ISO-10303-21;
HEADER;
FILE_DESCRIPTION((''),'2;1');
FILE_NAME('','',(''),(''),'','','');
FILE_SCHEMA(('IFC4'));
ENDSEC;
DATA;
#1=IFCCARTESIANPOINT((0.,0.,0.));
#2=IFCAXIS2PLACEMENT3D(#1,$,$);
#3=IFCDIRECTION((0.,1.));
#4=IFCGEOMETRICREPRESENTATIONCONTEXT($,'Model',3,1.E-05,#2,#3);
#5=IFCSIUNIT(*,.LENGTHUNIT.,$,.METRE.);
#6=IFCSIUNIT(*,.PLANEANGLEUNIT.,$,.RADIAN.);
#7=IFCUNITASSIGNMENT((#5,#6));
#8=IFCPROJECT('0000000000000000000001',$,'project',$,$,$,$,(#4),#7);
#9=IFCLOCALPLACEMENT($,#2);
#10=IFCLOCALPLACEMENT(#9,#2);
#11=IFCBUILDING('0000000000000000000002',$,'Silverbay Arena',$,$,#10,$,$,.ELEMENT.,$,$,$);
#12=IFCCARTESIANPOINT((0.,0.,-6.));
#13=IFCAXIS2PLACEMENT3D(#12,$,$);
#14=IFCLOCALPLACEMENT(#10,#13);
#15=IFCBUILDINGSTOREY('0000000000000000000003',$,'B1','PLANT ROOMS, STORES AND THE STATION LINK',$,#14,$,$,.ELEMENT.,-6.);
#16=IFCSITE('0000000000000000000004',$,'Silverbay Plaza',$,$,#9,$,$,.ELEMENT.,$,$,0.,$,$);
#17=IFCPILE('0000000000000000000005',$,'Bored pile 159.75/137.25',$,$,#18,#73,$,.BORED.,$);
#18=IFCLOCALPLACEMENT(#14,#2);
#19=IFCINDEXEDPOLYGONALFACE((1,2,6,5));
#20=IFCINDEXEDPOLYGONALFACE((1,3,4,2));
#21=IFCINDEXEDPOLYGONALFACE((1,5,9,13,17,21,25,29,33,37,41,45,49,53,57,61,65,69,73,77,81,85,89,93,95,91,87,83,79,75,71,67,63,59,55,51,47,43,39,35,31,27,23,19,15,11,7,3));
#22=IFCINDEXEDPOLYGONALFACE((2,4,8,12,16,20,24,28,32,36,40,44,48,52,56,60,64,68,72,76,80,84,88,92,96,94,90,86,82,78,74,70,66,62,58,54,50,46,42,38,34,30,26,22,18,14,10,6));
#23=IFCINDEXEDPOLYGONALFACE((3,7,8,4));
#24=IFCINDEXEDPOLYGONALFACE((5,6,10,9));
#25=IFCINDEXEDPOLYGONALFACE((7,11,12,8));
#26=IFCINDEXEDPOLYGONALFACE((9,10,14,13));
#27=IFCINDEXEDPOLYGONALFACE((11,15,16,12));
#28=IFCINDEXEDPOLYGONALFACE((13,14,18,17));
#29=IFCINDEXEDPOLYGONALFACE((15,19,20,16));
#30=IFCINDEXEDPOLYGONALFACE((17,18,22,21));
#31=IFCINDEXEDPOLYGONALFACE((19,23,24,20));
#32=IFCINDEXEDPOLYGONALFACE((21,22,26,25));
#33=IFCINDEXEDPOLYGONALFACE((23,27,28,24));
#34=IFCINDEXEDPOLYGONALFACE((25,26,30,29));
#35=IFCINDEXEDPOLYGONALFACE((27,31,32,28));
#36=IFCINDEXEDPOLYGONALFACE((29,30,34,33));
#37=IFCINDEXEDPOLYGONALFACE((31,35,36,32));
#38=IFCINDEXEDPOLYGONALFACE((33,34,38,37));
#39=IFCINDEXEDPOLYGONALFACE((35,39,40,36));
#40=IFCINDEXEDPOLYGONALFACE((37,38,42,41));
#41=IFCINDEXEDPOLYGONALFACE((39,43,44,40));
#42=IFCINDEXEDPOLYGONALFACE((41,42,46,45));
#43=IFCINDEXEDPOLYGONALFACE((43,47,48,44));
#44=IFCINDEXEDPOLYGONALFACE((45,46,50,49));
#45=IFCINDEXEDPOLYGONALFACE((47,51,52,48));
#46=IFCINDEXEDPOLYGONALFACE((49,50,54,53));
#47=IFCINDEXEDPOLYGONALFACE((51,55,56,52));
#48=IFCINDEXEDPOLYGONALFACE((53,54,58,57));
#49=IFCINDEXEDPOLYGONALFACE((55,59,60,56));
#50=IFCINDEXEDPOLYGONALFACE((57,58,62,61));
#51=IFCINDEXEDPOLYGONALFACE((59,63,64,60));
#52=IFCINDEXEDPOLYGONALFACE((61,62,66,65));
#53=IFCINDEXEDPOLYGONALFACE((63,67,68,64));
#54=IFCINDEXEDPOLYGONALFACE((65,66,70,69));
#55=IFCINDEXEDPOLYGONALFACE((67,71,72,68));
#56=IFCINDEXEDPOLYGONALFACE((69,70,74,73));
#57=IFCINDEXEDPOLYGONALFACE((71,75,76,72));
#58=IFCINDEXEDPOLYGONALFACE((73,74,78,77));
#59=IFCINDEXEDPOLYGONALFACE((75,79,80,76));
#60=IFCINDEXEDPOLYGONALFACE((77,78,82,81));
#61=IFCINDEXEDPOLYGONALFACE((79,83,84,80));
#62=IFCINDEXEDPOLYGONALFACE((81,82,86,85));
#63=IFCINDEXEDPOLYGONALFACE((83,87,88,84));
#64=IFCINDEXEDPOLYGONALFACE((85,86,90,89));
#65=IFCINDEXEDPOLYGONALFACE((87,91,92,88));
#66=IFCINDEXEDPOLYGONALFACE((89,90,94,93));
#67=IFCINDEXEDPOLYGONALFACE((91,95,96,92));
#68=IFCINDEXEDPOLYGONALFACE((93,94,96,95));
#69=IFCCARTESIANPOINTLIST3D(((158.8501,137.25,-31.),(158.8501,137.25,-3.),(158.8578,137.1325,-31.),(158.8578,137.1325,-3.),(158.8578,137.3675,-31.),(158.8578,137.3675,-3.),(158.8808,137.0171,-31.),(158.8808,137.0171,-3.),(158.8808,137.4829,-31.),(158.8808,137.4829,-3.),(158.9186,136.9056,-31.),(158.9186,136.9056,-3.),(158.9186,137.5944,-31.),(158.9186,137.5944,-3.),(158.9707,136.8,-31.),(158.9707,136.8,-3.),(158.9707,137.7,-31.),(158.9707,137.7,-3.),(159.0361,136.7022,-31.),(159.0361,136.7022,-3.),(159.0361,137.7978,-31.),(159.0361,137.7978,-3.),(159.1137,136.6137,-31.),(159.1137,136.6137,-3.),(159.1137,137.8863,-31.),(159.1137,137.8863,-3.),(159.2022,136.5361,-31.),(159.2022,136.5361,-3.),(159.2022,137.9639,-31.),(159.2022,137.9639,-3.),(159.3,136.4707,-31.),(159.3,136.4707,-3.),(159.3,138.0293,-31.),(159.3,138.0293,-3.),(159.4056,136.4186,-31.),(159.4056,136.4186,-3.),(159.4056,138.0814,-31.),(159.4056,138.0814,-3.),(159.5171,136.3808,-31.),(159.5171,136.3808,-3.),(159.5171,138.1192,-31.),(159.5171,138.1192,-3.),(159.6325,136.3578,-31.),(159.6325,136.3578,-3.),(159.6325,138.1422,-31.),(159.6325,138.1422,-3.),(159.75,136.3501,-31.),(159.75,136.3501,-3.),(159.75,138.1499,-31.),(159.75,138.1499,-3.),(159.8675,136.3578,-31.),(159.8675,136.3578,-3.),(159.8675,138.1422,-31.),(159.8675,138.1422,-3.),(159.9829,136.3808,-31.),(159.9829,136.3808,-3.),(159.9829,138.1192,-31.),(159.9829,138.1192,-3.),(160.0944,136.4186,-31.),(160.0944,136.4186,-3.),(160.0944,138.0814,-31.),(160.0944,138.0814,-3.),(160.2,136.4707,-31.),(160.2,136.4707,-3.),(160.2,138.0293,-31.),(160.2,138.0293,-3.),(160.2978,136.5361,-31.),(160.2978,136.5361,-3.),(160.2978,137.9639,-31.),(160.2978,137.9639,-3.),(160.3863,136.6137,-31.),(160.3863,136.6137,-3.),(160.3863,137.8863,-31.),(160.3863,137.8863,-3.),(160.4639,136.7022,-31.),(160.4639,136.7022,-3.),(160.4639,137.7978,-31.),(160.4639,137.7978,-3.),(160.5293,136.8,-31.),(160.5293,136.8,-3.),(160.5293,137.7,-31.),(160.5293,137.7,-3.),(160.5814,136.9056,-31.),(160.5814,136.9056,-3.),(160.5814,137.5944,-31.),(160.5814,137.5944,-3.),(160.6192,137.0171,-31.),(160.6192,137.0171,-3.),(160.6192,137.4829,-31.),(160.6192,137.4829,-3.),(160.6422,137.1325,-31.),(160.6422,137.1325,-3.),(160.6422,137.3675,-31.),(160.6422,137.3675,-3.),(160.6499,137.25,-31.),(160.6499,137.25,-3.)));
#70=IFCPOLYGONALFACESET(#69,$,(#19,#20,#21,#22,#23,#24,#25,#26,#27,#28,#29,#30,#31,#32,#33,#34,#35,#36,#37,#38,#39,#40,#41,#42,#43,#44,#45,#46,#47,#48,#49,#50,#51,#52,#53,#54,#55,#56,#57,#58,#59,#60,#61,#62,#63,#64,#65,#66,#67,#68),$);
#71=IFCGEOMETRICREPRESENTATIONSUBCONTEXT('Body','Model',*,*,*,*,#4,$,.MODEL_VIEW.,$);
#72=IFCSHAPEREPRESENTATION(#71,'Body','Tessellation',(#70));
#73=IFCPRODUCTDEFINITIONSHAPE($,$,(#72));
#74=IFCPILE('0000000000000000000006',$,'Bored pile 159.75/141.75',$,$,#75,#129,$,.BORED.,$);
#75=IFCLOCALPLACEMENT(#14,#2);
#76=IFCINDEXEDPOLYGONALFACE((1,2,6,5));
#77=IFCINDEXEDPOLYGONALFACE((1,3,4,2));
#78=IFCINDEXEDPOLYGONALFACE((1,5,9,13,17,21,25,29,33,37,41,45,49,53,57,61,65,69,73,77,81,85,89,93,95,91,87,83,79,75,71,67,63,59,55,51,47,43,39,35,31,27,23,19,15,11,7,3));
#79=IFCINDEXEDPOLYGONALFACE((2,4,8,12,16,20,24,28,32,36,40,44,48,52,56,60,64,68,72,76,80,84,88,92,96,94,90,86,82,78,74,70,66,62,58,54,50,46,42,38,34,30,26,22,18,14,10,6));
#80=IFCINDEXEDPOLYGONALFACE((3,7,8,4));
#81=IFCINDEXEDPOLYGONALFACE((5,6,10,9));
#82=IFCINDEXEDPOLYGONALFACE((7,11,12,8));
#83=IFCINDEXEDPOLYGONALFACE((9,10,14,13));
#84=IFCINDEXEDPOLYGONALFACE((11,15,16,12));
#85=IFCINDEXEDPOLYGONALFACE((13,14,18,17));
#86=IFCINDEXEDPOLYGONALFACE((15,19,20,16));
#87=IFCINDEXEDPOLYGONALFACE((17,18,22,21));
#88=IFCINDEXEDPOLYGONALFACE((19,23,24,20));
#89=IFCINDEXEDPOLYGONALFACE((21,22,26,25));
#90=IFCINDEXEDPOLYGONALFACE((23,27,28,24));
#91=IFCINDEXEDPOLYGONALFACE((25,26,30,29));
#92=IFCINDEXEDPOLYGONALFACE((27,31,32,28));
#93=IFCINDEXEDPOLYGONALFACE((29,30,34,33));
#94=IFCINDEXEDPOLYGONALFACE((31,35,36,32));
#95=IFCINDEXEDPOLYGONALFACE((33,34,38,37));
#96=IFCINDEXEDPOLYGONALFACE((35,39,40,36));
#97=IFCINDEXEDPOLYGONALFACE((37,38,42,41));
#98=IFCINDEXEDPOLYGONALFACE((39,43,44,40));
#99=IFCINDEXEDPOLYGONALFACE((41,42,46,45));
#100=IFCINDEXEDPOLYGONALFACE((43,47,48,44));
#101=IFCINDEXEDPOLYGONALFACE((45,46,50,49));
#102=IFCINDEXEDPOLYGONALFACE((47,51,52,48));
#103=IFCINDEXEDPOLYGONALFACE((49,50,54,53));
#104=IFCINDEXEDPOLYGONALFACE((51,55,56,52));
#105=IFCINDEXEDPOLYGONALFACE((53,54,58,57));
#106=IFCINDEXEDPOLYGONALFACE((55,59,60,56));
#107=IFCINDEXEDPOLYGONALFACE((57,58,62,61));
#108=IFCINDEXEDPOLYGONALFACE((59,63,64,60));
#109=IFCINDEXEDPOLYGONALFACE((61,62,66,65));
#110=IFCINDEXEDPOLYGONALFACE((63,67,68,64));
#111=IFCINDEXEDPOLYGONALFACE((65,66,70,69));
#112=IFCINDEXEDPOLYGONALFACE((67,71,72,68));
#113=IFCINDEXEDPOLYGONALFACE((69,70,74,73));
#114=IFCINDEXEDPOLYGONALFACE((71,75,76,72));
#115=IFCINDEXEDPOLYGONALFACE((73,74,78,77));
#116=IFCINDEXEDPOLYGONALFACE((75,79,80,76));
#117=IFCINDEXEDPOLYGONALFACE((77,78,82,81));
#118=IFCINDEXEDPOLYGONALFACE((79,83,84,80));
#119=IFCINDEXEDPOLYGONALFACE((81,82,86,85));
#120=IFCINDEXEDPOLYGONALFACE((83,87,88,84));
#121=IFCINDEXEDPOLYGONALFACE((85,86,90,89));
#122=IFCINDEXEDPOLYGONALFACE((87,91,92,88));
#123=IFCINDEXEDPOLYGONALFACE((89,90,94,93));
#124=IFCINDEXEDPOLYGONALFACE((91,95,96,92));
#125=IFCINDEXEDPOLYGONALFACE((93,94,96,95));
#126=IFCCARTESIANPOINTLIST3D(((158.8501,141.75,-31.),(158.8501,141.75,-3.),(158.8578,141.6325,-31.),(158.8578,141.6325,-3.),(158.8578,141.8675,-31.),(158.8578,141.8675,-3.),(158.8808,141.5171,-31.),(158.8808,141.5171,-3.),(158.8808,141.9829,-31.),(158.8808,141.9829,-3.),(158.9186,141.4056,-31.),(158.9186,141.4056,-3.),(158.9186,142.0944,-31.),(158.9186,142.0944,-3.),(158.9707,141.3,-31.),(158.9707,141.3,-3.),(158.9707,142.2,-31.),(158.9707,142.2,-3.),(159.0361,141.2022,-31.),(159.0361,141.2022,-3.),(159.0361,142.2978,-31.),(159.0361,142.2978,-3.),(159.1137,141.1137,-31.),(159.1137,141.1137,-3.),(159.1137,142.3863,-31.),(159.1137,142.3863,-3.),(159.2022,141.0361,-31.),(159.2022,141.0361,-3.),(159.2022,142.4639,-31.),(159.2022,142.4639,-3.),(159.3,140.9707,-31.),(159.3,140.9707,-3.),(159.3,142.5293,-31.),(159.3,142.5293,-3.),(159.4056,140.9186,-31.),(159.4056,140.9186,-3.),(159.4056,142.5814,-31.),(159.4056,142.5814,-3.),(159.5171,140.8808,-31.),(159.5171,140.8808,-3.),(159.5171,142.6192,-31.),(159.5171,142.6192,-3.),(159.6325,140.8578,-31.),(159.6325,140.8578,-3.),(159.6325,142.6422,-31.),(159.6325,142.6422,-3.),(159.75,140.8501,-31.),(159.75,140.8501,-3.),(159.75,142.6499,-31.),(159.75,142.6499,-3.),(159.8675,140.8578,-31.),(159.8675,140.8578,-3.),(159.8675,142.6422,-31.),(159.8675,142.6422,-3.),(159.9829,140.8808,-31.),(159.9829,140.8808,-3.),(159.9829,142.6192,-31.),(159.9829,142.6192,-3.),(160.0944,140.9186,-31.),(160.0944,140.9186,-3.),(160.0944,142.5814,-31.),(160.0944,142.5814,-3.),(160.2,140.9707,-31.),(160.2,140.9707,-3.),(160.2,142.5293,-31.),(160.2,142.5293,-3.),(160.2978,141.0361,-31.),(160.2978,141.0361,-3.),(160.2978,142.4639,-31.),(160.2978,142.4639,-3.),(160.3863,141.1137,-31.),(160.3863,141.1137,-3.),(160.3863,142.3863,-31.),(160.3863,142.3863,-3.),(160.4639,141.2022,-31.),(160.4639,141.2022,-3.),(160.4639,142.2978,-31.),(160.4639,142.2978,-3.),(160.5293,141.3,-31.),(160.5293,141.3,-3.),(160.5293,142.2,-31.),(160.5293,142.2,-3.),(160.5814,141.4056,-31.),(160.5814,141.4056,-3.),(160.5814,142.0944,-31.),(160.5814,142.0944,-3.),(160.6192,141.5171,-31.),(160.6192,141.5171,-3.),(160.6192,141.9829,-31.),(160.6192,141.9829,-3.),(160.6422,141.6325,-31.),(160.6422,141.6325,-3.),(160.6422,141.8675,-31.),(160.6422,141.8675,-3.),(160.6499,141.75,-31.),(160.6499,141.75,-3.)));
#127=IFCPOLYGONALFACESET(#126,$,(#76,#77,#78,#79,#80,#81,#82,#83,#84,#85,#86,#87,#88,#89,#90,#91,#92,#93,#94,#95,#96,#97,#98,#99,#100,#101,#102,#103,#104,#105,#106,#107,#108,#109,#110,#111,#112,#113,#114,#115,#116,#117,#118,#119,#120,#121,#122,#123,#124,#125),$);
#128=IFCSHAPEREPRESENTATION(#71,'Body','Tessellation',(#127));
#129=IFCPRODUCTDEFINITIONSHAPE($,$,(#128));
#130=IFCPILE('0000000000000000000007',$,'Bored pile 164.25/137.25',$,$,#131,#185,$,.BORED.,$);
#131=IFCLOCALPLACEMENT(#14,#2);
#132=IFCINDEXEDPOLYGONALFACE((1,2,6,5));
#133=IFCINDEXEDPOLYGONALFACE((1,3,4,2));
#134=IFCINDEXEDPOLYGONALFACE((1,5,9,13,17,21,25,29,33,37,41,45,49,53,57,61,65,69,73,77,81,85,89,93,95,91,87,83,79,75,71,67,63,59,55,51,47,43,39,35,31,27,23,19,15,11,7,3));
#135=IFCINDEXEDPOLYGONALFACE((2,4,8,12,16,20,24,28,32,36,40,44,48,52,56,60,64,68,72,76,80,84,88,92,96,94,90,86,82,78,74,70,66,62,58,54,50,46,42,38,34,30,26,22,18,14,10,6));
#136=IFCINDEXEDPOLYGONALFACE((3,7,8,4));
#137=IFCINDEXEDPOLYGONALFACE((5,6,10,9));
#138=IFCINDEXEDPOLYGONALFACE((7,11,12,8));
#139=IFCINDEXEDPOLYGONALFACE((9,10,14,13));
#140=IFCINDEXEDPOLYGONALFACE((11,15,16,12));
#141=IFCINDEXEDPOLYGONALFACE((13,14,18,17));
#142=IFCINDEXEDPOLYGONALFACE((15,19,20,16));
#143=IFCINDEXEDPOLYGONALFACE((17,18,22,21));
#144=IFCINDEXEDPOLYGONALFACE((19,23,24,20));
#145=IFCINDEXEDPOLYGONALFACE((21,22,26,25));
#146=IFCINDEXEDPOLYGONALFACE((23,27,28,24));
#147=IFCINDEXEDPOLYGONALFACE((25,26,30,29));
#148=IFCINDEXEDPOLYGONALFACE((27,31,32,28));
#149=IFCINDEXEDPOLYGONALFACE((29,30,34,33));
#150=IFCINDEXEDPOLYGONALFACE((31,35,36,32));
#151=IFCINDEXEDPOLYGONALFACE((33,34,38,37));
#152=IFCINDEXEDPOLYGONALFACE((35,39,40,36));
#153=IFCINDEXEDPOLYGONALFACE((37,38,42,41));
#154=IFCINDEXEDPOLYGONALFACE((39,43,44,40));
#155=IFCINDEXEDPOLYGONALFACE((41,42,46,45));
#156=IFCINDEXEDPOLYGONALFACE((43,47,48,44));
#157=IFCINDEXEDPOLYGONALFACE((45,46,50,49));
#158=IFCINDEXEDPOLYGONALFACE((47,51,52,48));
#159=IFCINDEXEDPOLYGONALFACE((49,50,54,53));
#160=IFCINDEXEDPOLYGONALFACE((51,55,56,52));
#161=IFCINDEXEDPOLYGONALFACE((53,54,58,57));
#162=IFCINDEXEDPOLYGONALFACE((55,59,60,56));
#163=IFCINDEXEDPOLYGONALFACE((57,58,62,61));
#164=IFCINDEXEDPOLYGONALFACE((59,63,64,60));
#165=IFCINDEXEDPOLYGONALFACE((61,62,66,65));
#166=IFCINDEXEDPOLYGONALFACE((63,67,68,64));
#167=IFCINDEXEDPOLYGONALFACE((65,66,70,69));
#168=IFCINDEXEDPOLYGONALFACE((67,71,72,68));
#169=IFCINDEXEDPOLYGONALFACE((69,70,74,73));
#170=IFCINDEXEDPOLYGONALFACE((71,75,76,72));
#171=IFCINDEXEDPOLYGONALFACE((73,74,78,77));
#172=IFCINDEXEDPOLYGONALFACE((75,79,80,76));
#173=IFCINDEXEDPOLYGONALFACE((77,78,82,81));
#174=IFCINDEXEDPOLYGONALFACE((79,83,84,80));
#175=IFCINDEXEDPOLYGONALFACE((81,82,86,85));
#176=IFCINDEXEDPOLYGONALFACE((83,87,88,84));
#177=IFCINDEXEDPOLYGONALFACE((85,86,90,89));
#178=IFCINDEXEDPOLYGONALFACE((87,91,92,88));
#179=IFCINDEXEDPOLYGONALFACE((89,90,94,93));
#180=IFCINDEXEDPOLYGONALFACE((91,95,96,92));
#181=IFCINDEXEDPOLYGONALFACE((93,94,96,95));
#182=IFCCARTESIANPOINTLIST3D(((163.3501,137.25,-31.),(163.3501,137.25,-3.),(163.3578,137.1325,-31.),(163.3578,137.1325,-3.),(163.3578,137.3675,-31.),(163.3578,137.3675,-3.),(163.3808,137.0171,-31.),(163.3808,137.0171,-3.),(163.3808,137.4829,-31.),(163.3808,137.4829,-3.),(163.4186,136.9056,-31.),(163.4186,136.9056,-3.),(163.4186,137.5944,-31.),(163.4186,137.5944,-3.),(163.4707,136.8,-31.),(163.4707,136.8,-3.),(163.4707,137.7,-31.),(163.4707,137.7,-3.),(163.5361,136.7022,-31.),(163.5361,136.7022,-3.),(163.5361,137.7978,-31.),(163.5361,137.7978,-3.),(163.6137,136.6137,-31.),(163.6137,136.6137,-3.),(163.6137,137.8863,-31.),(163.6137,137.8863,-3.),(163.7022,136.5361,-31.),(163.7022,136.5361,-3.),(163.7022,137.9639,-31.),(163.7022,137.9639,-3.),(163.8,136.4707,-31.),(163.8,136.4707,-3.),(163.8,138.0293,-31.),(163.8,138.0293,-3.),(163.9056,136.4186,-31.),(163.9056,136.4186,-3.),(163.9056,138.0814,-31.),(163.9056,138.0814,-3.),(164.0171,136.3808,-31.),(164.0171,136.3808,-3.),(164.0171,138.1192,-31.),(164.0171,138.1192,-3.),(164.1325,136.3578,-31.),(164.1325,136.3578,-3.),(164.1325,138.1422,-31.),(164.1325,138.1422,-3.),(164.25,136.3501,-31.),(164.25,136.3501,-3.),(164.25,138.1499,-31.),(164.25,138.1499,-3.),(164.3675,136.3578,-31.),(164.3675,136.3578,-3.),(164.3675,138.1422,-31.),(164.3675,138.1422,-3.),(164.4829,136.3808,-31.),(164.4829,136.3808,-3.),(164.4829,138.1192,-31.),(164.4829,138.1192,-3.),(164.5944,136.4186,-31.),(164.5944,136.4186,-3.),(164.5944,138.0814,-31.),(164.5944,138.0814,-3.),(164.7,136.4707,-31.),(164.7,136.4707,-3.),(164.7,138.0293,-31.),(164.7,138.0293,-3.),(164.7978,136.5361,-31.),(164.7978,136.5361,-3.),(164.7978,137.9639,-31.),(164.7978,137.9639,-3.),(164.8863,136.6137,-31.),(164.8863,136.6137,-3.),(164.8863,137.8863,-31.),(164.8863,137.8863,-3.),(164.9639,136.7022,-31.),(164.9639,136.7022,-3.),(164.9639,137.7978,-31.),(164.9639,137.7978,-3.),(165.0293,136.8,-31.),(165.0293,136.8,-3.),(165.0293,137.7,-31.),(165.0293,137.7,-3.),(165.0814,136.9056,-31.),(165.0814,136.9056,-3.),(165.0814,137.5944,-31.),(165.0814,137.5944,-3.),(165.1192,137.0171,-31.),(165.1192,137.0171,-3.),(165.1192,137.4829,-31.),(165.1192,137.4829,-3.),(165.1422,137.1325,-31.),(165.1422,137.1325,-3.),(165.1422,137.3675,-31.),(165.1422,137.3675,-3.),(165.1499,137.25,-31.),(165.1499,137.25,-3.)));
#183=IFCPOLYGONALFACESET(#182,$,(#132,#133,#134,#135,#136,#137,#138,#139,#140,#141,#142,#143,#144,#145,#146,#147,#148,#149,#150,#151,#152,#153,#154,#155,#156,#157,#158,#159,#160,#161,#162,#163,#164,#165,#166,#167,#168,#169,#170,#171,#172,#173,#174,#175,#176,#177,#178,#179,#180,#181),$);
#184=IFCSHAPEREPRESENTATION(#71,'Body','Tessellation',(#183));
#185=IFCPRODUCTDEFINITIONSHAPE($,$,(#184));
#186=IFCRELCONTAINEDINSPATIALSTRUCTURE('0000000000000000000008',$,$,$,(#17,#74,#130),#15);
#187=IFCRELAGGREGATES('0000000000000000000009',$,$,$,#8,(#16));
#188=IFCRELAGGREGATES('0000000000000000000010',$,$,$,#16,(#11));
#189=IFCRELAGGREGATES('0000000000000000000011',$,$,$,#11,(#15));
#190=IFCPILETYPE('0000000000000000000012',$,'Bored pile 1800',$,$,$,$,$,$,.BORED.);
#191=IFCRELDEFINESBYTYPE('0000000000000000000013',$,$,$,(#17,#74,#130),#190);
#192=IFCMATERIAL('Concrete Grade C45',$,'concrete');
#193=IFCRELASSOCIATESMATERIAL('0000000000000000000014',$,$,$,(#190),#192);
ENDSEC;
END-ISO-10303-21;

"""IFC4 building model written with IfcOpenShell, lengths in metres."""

from ifc_helpers import new_model, si_unit, direction, frame, origin, origin_2d, place, context, subcontext, project, spatial, circle, extrude, material, material_profile, profile_set, type_object, element, save


model = new_model("IFC4")

# Units and contexts
model_context = context("Model", 3, precision=1e-05, world=origin(), true_north=direction((0.0, 1.0)))
body_context = subcontext(model_context, "Body", "Model", "MODEL_VIEW")
ifc_project = project(units=[si_unit("LENGTHUNIT", "METRE"), si_unit("PLANEANGLEUNIT", "RADIAN")], contexts=[model_context])

# Site, building, storey
site_placement = place(None, origin())
site = spatial("IfcSite", under=ifc_project, at=site_placement, Name="Silverbay Plaza", CompositionType="ELEMENT", RefElevation=0.0)
building_placement = place(site_placement, origin())
building = spatial("IfcBuilding", under=site, at=building_placement, Name="Silverbay Arena", CompositionType="ELEMENT")
storey_placement = place(building_placement, frame((0.0, 0.0, -6.0)))
storey = spatial("IfcBuildingStorey", under=building, at=storey_placement, Name="B1", Description="PLANT ROOMS, STORES AND THE STATION LINK", CompositionType="ELEMENT", Elevation=-6.0)

# Piles
ifc_material_1 = material(Name="Concrete Grade C45", Category="concrete")
ifc_material_profile_1 = material_profile(ifc_material_1, circle(Radius=0.8999, at=origin_2d()), Name="Bored pile 1800")
ifc_profile_set_1 = profile_set([ifc_material_profile_1], Name="Concrete Grade C45")
pile_type_1 = type_object("IfcPileType", Name="Bored pile 1800", PredefinedType="BORED", material=ifc_profile_set_1)
for number, where, z_axis, x_axis, name in (
    (1, (159.75, 137.25, -3.0), (0.0, 0.0, -1.0), (1.0, 0.0, 0.0), "Bored pile 159.75/137.25"),
    (2, (159.75, 141.75, -3.0), (0.0, 0.0, -1.0), (1.0, 0.0, 0.0), "Bored pile 159.75/141.75"),
    (3, (164.25, 137.25, -3.0), (0.0, 0.0, -1.0), (1.0, 0.0, 0.0), "Bored pile 164.25/137.25"),
):
    element("IfcPile", number, at=place(storey_placement, frame(where, z_axis=z_axis, x_axis=x_axis)), inside=storey, type_object=pile_type_1, Name=name, PredefinedType="BORED", context=body_context, shape_type="SweptSolid", body=[
        extrude(circle(Radius=0.8999, at=origin_2d()), origin(), (0.0, 0.0, 1.0), 28.0),
    ])

save(model, "model.ifc")
